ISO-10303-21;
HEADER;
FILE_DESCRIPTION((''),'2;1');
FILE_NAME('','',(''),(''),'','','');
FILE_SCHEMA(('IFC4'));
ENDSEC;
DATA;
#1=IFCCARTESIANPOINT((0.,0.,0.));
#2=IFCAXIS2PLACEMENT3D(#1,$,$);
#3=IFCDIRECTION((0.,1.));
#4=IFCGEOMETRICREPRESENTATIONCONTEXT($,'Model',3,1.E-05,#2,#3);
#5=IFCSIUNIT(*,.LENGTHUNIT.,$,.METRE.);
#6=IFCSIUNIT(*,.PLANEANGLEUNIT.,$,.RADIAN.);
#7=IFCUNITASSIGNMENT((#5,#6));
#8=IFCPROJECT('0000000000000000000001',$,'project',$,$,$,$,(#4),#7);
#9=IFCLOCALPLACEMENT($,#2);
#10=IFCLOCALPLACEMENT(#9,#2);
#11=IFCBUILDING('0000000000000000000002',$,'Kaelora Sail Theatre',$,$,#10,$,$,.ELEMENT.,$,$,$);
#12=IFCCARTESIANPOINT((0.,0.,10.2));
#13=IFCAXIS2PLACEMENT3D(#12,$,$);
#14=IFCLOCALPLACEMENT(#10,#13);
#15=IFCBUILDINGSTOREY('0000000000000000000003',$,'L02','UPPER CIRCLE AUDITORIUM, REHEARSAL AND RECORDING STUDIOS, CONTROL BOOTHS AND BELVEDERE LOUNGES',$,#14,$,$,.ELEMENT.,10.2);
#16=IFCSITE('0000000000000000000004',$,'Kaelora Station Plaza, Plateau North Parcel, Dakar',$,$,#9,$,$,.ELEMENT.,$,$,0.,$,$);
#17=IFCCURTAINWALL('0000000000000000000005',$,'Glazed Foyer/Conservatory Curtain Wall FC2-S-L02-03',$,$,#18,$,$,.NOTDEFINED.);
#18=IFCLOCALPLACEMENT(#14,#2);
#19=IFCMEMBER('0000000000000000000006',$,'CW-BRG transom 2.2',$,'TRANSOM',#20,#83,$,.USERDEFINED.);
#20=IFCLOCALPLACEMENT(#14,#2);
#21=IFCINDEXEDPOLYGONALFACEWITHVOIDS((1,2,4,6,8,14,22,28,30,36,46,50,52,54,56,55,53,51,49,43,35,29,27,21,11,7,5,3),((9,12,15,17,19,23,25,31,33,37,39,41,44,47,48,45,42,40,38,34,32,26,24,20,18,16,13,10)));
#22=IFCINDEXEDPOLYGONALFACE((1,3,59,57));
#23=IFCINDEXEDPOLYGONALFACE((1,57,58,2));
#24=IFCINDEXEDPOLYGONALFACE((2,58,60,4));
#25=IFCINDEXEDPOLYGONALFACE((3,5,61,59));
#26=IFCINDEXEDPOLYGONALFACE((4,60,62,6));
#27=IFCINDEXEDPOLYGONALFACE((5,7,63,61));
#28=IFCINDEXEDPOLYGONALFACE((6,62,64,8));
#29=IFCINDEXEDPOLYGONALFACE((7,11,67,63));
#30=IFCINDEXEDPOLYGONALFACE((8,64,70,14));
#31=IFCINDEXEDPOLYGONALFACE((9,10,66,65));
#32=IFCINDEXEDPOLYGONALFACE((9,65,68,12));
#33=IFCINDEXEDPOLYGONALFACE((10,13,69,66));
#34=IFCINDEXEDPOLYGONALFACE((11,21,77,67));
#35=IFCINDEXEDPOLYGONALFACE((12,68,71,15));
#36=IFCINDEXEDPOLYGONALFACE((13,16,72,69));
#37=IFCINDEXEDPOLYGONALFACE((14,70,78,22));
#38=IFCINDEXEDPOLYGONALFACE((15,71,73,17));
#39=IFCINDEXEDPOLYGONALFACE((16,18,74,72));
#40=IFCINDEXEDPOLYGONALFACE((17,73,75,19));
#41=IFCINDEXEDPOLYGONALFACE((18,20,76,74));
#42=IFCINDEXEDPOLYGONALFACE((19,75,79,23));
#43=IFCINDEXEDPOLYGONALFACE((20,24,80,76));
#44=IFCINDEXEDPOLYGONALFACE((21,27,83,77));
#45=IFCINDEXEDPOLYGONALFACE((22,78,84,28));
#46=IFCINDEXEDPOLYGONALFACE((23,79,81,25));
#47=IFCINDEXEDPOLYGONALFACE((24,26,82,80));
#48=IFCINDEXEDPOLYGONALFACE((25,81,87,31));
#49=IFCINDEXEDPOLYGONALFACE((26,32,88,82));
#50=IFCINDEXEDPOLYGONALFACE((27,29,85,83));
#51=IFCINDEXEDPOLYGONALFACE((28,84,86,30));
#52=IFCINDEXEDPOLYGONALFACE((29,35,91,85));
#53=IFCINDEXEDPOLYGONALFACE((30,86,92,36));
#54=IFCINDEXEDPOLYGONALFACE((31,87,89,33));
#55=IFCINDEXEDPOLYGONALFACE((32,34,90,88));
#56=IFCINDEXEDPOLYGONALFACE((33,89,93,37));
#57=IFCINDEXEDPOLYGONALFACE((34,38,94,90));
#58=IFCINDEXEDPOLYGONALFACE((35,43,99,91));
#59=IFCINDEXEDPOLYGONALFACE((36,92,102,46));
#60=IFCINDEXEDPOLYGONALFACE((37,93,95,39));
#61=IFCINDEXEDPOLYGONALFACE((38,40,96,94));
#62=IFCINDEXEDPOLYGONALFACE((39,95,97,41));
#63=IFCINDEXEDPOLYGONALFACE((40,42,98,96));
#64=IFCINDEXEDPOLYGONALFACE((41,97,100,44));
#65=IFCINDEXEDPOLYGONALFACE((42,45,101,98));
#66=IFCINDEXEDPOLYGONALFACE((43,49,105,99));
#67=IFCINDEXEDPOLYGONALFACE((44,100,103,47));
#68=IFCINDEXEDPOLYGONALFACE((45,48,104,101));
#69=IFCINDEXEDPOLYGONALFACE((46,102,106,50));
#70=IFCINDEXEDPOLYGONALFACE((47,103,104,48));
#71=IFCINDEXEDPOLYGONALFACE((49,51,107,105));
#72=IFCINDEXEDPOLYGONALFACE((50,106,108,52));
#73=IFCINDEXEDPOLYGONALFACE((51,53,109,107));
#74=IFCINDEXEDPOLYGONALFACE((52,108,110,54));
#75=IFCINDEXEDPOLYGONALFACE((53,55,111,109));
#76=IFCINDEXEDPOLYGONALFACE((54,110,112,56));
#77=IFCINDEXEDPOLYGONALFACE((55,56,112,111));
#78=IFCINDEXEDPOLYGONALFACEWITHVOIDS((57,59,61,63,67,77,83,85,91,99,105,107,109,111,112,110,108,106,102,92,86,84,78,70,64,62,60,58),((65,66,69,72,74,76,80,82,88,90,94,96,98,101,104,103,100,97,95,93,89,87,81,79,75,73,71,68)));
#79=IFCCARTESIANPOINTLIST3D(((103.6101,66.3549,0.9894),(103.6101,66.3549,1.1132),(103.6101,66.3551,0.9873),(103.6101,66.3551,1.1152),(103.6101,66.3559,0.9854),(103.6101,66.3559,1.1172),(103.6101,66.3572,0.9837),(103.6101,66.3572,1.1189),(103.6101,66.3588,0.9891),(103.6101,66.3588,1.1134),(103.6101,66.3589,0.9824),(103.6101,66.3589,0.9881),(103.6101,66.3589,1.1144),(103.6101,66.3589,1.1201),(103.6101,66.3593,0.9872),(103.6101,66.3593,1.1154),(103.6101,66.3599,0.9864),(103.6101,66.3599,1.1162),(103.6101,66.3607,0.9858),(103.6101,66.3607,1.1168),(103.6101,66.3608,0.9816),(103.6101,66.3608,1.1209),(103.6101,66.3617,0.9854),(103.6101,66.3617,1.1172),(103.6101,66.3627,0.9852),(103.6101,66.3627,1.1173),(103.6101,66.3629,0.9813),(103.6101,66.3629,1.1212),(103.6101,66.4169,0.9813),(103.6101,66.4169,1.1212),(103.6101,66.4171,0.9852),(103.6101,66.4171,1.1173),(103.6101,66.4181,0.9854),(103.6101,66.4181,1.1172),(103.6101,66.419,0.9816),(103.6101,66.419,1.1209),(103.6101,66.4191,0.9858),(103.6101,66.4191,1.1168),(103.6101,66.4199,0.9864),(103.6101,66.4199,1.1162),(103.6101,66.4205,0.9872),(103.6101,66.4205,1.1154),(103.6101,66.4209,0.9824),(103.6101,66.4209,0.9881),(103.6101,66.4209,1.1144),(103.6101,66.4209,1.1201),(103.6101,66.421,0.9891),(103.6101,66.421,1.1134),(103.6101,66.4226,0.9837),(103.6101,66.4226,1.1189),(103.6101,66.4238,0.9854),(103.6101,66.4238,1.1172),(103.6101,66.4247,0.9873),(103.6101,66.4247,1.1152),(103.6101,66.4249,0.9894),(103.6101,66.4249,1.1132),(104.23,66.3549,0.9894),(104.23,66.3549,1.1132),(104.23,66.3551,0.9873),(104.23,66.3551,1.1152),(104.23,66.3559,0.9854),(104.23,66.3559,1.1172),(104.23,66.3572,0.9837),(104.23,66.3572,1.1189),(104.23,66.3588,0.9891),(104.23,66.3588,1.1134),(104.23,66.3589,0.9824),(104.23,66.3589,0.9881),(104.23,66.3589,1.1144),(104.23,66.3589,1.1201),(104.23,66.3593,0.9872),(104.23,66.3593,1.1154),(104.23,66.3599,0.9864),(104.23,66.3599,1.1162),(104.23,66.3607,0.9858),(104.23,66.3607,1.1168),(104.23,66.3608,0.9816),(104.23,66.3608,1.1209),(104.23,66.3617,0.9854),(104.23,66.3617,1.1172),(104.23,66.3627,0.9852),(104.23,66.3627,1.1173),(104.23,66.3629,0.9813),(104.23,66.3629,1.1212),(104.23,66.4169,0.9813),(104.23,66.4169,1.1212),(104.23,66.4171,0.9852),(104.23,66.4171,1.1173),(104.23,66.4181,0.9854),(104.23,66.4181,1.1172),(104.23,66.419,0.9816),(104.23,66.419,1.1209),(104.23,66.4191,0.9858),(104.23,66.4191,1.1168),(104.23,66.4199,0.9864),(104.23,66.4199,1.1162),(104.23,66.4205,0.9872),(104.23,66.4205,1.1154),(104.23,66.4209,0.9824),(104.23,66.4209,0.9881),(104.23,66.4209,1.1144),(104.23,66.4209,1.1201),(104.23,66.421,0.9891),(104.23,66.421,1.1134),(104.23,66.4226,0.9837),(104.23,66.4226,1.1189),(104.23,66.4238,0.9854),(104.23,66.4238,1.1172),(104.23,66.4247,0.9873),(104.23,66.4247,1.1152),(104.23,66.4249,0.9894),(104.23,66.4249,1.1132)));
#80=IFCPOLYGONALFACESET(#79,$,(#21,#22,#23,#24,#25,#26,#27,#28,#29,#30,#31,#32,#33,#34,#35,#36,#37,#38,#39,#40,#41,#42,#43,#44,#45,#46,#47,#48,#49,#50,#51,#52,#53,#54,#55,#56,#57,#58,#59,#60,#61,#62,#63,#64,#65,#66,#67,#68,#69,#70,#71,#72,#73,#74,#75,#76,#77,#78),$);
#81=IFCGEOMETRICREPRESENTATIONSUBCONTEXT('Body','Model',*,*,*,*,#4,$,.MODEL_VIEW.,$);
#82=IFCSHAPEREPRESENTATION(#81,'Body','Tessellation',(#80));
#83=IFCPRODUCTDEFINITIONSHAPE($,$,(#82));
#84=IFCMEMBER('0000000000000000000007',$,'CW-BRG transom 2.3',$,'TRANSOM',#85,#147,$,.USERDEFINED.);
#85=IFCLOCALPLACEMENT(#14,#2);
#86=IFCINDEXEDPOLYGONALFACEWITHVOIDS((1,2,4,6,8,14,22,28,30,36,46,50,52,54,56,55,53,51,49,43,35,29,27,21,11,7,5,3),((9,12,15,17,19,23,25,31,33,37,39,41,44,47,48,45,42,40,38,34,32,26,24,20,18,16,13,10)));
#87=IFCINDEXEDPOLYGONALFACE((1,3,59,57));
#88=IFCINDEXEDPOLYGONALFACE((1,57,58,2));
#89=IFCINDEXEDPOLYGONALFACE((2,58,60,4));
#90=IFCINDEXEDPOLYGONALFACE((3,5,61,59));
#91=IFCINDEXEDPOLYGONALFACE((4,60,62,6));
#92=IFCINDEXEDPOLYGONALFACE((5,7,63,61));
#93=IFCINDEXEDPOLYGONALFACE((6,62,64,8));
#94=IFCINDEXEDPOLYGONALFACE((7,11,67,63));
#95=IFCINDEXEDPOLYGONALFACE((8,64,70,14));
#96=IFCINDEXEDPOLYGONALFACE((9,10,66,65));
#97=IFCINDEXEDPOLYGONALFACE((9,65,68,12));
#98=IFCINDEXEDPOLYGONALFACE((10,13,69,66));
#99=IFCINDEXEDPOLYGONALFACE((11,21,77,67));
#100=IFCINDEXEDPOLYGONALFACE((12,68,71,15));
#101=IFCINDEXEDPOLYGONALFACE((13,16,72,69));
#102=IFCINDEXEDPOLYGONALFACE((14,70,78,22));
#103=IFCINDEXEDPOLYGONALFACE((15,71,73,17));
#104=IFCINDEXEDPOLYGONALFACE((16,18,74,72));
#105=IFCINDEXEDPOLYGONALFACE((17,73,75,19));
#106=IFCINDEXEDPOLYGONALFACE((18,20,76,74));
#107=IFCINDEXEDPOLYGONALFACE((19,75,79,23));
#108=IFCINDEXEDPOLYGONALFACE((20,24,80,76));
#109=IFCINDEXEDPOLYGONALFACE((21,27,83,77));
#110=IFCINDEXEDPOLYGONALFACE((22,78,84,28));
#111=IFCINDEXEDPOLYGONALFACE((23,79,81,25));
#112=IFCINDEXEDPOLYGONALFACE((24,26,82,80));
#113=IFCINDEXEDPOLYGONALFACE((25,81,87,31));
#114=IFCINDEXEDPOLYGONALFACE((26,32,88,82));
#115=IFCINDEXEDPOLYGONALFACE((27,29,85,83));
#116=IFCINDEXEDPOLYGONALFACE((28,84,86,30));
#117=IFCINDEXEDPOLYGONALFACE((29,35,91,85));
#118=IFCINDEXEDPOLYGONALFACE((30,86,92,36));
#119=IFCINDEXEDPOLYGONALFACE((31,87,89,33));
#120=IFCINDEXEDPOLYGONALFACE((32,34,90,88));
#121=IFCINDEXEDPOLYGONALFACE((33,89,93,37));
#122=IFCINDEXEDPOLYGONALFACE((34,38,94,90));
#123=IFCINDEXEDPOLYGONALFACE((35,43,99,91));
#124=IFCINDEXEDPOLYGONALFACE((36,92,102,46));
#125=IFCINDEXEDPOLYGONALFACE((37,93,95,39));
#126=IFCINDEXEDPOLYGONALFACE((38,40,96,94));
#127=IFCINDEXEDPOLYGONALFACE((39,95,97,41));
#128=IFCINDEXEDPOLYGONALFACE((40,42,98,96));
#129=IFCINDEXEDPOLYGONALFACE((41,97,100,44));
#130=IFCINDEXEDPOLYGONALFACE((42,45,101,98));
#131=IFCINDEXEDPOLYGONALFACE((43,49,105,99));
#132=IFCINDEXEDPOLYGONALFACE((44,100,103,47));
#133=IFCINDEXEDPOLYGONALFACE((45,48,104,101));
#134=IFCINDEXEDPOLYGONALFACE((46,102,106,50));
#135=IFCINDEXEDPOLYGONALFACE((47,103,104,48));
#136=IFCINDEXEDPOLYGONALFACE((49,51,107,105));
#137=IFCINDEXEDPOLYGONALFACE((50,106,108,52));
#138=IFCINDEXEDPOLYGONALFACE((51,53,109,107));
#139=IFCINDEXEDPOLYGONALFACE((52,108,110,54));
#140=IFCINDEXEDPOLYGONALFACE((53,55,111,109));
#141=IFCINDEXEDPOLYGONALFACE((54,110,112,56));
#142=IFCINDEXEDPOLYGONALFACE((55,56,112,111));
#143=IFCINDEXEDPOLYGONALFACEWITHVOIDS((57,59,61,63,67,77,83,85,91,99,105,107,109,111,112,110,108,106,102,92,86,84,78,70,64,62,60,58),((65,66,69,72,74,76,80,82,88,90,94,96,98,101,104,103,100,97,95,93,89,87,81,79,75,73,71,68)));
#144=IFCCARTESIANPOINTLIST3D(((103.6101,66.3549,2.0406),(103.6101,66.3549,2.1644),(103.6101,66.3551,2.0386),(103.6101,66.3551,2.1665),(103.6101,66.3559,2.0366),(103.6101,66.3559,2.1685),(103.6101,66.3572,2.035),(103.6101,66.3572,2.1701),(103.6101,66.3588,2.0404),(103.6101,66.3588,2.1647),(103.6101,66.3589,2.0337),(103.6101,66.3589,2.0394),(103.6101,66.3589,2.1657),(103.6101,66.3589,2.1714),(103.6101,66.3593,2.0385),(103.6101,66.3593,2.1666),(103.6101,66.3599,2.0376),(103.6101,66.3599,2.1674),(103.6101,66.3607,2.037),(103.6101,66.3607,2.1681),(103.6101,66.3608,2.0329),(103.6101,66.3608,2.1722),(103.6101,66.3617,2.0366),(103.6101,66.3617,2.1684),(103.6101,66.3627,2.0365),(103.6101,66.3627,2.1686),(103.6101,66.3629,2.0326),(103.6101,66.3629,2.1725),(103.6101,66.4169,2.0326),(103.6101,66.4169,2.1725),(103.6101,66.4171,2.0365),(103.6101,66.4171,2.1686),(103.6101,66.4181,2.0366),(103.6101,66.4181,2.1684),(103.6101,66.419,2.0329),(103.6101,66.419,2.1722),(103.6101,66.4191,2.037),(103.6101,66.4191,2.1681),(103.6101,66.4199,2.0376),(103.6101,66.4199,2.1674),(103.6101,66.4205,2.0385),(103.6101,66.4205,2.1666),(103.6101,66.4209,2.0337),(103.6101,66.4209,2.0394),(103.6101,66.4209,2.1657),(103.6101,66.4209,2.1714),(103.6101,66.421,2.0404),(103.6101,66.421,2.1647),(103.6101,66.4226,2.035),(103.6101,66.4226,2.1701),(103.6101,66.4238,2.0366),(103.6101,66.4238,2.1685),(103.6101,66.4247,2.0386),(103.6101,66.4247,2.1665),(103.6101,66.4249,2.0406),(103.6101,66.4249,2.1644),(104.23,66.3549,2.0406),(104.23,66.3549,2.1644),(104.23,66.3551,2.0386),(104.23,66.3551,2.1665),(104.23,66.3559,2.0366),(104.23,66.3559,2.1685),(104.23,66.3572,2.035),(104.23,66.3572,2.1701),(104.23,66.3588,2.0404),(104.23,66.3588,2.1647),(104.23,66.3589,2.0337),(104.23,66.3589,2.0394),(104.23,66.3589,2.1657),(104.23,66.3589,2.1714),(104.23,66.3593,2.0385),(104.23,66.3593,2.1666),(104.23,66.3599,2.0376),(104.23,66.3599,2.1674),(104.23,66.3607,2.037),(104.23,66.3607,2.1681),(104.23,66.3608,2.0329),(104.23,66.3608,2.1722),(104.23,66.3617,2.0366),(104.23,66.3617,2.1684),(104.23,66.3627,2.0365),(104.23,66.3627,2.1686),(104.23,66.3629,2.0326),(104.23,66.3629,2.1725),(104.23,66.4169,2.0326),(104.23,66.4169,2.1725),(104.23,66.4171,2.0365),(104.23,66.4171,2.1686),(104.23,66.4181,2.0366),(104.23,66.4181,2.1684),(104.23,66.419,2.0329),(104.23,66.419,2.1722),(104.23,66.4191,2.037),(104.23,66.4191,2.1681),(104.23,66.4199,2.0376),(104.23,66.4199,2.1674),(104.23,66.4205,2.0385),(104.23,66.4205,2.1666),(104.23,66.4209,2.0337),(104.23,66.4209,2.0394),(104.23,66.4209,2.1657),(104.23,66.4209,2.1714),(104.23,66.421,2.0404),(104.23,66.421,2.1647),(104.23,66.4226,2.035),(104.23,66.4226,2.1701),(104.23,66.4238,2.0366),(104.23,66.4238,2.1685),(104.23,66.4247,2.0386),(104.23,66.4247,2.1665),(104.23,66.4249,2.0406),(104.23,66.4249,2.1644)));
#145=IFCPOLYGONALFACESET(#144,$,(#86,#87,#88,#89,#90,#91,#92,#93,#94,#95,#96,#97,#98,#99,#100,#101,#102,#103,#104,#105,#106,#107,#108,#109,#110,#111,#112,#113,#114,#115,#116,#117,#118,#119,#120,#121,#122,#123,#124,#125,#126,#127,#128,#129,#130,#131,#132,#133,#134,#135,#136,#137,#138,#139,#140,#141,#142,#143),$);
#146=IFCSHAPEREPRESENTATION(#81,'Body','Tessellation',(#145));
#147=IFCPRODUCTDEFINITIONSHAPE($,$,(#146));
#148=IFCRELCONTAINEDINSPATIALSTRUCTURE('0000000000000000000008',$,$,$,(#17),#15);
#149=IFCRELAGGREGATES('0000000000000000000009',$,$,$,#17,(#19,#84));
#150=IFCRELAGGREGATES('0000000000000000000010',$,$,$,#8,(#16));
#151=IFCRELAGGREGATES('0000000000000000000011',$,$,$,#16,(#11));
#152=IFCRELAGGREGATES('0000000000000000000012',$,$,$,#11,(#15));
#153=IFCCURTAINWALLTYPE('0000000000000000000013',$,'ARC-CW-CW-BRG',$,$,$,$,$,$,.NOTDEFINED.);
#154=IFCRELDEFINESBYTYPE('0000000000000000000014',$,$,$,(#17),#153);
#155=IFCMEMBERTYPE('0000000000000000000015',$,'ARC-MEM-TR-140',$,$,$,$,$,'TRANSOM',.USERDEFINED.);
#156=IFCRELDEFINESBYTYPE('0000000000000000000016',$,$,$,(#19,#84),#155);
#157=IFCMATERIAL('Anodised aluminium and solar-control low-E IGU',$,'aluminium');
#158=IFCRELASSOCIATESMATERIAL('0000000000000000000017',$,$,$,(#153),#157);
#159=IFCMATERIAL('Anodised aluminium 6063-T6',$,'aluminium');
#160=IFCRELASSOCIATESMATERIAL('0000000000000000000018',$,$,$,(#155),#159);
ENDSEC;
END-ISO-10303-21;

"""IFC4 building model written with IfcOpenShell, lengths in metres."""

from ifc_helpers import new_model, si_unit, direction, frame, origin, origin_2d, place, context, subcontext, project, spatial, hollow_rectangle, extrude, material, material_profile, profile_set, type_object, element, aggregate, save


model = new_model("IFC4")

# Units and contexts
model_context = context("Model", 3, precision=1e-05, world=origin(), true_north=direction((0.0, 1.0)))
body_context = subcontext(model_context, "Body", "Model", "MODEL_VIEW")
ifc_project = project(units=[si_unit("LENGTHUNIT", "METRE"), si_unit("PLANEANGLEUNIT", "RADIAN")], contexts=[model_context])

# Site, building, storey
site_placement = place(None, origin())
site = spatial("IfcSite", under=ifc_project, at=site_placement, Name="Kaelora Station Plaza, Plateau North Parcel, Dakar", CompositionType="ELEMENT", RefElevation=0.0)
building_placement = place(site_placement, origin())
building = spatial("IfcBuilding", under=site, at=building_placement, Name="Kaelora Sail Theatre", CompositionType="ELEMENT")
storey_placement = place(building_placement, frame((0.0, 0.0, 10.2)))
storey = spatial("IfcBuildingStorey", under=building, at=storey_placement, Name="L02", Description="UPPER CIRCLE AUDITORIUM, REHEARSAL AND RECORDING STUDIOS, CONTROL BOOTHS AND BELVEDERE LOUNGES", CompositionType="ELEMENT", Elevation=10.2)

# Curtain wall, members
ifc_material_1 = material(Name="Anodised aluminium and solar-control low-E IGU", Category="aluminium")
curtain_wall_type = type_object("IfcCurtainWallType", Name="ARC-CW-CW-BRG", PredefinedType="NOTDEFINED", material=ifc_material_1)
curtain_wall_placement = place(storey_placement, origin())
curtain_wall = element("IfcCurtainWall", 1, at=curtain_wall_placement, inside=storey, type_object=curtain_wall_type, Name="Glazed Foyer/Conservatory Curtain Wall FC2-S-L02-03", PredefinedType="NOTDEFINED")
ifc_material_2 = material(Name="Anodised aluminium 6063-T6", Category="aluminium")
ifc_material_profile_1 = material_profile(ifc_material_2, hollow_rectangle(XDim=0.0701, YDim=0.1399, WallThickness=0.0039, InnerFilletRadius=0.0039, OuterFilletRadius=0.0081, at=origin_2d()), Name="ALU-TRAN 70x140x4")
ifc_profile_set_1 = profile_set([ifc_material_profile_1], Name="Anodised aluminium 6063-T6")
member_type_1 = type_object("IfcMemberType", Name="ARC-MEM-TR-140", ElementType="TRANSOM", PredefinedType="USERDEFINED", material=ifc_profile_set_1)
member_1_placement = place(storey_placement, frame((103.6101, 66.3899, 1.0513), z_axis=(1.0, 0.0, 0.0), x_axis=(0.0, 1.0, 0.0)))
member_1 = element("IfcMember", 2, at=member_1_placement, type_object=member_type_1, Name="CW-BRG transom 2.2", ObjectType="TRANSOM", PredefinedType="USERDEFINED", context=body_context, shape_type="SweptSolid", body=[
    extrude(hollow_rectangle(XDim=0.0701, YDim=0.1399, WallThickness=0.0039, InnerFilletRadius=0.0039, OuterFilletRadius=0.0081, at=origin_2d()), origin(), (0.0, 0.0, 1.0), 0.6199),
])
member_2_placement = place(storey_placement, frame((103.6101, 66.3899, 2.1025), z_axis=(1.0, 0.0, 0.0), x_axis=(0.0, 1.0, 0.0)))
member_2 = element("IfcMember", 3, at=member_2_placement, type_object=member_type_1, Name="CW-BRG transom 2.3", ObjectType="TRANSOM", PredefinedType="USERDEFINED", context=body_context, shape_type="SweptSolid", body=[
    extrude(hollow_rectangle(XDim=0.0701, YDim=0.1399, WallThickness=0.0039, InnerFilletRadius=0.0039, OuterFilletRadius=0.0081, at=origin_2d()), origin(), (0.0, 0.0, 1.0), 0.6199),
])
aggregate(curtain_wall, [member_1, member_2])

save(model, "model.ifc")
